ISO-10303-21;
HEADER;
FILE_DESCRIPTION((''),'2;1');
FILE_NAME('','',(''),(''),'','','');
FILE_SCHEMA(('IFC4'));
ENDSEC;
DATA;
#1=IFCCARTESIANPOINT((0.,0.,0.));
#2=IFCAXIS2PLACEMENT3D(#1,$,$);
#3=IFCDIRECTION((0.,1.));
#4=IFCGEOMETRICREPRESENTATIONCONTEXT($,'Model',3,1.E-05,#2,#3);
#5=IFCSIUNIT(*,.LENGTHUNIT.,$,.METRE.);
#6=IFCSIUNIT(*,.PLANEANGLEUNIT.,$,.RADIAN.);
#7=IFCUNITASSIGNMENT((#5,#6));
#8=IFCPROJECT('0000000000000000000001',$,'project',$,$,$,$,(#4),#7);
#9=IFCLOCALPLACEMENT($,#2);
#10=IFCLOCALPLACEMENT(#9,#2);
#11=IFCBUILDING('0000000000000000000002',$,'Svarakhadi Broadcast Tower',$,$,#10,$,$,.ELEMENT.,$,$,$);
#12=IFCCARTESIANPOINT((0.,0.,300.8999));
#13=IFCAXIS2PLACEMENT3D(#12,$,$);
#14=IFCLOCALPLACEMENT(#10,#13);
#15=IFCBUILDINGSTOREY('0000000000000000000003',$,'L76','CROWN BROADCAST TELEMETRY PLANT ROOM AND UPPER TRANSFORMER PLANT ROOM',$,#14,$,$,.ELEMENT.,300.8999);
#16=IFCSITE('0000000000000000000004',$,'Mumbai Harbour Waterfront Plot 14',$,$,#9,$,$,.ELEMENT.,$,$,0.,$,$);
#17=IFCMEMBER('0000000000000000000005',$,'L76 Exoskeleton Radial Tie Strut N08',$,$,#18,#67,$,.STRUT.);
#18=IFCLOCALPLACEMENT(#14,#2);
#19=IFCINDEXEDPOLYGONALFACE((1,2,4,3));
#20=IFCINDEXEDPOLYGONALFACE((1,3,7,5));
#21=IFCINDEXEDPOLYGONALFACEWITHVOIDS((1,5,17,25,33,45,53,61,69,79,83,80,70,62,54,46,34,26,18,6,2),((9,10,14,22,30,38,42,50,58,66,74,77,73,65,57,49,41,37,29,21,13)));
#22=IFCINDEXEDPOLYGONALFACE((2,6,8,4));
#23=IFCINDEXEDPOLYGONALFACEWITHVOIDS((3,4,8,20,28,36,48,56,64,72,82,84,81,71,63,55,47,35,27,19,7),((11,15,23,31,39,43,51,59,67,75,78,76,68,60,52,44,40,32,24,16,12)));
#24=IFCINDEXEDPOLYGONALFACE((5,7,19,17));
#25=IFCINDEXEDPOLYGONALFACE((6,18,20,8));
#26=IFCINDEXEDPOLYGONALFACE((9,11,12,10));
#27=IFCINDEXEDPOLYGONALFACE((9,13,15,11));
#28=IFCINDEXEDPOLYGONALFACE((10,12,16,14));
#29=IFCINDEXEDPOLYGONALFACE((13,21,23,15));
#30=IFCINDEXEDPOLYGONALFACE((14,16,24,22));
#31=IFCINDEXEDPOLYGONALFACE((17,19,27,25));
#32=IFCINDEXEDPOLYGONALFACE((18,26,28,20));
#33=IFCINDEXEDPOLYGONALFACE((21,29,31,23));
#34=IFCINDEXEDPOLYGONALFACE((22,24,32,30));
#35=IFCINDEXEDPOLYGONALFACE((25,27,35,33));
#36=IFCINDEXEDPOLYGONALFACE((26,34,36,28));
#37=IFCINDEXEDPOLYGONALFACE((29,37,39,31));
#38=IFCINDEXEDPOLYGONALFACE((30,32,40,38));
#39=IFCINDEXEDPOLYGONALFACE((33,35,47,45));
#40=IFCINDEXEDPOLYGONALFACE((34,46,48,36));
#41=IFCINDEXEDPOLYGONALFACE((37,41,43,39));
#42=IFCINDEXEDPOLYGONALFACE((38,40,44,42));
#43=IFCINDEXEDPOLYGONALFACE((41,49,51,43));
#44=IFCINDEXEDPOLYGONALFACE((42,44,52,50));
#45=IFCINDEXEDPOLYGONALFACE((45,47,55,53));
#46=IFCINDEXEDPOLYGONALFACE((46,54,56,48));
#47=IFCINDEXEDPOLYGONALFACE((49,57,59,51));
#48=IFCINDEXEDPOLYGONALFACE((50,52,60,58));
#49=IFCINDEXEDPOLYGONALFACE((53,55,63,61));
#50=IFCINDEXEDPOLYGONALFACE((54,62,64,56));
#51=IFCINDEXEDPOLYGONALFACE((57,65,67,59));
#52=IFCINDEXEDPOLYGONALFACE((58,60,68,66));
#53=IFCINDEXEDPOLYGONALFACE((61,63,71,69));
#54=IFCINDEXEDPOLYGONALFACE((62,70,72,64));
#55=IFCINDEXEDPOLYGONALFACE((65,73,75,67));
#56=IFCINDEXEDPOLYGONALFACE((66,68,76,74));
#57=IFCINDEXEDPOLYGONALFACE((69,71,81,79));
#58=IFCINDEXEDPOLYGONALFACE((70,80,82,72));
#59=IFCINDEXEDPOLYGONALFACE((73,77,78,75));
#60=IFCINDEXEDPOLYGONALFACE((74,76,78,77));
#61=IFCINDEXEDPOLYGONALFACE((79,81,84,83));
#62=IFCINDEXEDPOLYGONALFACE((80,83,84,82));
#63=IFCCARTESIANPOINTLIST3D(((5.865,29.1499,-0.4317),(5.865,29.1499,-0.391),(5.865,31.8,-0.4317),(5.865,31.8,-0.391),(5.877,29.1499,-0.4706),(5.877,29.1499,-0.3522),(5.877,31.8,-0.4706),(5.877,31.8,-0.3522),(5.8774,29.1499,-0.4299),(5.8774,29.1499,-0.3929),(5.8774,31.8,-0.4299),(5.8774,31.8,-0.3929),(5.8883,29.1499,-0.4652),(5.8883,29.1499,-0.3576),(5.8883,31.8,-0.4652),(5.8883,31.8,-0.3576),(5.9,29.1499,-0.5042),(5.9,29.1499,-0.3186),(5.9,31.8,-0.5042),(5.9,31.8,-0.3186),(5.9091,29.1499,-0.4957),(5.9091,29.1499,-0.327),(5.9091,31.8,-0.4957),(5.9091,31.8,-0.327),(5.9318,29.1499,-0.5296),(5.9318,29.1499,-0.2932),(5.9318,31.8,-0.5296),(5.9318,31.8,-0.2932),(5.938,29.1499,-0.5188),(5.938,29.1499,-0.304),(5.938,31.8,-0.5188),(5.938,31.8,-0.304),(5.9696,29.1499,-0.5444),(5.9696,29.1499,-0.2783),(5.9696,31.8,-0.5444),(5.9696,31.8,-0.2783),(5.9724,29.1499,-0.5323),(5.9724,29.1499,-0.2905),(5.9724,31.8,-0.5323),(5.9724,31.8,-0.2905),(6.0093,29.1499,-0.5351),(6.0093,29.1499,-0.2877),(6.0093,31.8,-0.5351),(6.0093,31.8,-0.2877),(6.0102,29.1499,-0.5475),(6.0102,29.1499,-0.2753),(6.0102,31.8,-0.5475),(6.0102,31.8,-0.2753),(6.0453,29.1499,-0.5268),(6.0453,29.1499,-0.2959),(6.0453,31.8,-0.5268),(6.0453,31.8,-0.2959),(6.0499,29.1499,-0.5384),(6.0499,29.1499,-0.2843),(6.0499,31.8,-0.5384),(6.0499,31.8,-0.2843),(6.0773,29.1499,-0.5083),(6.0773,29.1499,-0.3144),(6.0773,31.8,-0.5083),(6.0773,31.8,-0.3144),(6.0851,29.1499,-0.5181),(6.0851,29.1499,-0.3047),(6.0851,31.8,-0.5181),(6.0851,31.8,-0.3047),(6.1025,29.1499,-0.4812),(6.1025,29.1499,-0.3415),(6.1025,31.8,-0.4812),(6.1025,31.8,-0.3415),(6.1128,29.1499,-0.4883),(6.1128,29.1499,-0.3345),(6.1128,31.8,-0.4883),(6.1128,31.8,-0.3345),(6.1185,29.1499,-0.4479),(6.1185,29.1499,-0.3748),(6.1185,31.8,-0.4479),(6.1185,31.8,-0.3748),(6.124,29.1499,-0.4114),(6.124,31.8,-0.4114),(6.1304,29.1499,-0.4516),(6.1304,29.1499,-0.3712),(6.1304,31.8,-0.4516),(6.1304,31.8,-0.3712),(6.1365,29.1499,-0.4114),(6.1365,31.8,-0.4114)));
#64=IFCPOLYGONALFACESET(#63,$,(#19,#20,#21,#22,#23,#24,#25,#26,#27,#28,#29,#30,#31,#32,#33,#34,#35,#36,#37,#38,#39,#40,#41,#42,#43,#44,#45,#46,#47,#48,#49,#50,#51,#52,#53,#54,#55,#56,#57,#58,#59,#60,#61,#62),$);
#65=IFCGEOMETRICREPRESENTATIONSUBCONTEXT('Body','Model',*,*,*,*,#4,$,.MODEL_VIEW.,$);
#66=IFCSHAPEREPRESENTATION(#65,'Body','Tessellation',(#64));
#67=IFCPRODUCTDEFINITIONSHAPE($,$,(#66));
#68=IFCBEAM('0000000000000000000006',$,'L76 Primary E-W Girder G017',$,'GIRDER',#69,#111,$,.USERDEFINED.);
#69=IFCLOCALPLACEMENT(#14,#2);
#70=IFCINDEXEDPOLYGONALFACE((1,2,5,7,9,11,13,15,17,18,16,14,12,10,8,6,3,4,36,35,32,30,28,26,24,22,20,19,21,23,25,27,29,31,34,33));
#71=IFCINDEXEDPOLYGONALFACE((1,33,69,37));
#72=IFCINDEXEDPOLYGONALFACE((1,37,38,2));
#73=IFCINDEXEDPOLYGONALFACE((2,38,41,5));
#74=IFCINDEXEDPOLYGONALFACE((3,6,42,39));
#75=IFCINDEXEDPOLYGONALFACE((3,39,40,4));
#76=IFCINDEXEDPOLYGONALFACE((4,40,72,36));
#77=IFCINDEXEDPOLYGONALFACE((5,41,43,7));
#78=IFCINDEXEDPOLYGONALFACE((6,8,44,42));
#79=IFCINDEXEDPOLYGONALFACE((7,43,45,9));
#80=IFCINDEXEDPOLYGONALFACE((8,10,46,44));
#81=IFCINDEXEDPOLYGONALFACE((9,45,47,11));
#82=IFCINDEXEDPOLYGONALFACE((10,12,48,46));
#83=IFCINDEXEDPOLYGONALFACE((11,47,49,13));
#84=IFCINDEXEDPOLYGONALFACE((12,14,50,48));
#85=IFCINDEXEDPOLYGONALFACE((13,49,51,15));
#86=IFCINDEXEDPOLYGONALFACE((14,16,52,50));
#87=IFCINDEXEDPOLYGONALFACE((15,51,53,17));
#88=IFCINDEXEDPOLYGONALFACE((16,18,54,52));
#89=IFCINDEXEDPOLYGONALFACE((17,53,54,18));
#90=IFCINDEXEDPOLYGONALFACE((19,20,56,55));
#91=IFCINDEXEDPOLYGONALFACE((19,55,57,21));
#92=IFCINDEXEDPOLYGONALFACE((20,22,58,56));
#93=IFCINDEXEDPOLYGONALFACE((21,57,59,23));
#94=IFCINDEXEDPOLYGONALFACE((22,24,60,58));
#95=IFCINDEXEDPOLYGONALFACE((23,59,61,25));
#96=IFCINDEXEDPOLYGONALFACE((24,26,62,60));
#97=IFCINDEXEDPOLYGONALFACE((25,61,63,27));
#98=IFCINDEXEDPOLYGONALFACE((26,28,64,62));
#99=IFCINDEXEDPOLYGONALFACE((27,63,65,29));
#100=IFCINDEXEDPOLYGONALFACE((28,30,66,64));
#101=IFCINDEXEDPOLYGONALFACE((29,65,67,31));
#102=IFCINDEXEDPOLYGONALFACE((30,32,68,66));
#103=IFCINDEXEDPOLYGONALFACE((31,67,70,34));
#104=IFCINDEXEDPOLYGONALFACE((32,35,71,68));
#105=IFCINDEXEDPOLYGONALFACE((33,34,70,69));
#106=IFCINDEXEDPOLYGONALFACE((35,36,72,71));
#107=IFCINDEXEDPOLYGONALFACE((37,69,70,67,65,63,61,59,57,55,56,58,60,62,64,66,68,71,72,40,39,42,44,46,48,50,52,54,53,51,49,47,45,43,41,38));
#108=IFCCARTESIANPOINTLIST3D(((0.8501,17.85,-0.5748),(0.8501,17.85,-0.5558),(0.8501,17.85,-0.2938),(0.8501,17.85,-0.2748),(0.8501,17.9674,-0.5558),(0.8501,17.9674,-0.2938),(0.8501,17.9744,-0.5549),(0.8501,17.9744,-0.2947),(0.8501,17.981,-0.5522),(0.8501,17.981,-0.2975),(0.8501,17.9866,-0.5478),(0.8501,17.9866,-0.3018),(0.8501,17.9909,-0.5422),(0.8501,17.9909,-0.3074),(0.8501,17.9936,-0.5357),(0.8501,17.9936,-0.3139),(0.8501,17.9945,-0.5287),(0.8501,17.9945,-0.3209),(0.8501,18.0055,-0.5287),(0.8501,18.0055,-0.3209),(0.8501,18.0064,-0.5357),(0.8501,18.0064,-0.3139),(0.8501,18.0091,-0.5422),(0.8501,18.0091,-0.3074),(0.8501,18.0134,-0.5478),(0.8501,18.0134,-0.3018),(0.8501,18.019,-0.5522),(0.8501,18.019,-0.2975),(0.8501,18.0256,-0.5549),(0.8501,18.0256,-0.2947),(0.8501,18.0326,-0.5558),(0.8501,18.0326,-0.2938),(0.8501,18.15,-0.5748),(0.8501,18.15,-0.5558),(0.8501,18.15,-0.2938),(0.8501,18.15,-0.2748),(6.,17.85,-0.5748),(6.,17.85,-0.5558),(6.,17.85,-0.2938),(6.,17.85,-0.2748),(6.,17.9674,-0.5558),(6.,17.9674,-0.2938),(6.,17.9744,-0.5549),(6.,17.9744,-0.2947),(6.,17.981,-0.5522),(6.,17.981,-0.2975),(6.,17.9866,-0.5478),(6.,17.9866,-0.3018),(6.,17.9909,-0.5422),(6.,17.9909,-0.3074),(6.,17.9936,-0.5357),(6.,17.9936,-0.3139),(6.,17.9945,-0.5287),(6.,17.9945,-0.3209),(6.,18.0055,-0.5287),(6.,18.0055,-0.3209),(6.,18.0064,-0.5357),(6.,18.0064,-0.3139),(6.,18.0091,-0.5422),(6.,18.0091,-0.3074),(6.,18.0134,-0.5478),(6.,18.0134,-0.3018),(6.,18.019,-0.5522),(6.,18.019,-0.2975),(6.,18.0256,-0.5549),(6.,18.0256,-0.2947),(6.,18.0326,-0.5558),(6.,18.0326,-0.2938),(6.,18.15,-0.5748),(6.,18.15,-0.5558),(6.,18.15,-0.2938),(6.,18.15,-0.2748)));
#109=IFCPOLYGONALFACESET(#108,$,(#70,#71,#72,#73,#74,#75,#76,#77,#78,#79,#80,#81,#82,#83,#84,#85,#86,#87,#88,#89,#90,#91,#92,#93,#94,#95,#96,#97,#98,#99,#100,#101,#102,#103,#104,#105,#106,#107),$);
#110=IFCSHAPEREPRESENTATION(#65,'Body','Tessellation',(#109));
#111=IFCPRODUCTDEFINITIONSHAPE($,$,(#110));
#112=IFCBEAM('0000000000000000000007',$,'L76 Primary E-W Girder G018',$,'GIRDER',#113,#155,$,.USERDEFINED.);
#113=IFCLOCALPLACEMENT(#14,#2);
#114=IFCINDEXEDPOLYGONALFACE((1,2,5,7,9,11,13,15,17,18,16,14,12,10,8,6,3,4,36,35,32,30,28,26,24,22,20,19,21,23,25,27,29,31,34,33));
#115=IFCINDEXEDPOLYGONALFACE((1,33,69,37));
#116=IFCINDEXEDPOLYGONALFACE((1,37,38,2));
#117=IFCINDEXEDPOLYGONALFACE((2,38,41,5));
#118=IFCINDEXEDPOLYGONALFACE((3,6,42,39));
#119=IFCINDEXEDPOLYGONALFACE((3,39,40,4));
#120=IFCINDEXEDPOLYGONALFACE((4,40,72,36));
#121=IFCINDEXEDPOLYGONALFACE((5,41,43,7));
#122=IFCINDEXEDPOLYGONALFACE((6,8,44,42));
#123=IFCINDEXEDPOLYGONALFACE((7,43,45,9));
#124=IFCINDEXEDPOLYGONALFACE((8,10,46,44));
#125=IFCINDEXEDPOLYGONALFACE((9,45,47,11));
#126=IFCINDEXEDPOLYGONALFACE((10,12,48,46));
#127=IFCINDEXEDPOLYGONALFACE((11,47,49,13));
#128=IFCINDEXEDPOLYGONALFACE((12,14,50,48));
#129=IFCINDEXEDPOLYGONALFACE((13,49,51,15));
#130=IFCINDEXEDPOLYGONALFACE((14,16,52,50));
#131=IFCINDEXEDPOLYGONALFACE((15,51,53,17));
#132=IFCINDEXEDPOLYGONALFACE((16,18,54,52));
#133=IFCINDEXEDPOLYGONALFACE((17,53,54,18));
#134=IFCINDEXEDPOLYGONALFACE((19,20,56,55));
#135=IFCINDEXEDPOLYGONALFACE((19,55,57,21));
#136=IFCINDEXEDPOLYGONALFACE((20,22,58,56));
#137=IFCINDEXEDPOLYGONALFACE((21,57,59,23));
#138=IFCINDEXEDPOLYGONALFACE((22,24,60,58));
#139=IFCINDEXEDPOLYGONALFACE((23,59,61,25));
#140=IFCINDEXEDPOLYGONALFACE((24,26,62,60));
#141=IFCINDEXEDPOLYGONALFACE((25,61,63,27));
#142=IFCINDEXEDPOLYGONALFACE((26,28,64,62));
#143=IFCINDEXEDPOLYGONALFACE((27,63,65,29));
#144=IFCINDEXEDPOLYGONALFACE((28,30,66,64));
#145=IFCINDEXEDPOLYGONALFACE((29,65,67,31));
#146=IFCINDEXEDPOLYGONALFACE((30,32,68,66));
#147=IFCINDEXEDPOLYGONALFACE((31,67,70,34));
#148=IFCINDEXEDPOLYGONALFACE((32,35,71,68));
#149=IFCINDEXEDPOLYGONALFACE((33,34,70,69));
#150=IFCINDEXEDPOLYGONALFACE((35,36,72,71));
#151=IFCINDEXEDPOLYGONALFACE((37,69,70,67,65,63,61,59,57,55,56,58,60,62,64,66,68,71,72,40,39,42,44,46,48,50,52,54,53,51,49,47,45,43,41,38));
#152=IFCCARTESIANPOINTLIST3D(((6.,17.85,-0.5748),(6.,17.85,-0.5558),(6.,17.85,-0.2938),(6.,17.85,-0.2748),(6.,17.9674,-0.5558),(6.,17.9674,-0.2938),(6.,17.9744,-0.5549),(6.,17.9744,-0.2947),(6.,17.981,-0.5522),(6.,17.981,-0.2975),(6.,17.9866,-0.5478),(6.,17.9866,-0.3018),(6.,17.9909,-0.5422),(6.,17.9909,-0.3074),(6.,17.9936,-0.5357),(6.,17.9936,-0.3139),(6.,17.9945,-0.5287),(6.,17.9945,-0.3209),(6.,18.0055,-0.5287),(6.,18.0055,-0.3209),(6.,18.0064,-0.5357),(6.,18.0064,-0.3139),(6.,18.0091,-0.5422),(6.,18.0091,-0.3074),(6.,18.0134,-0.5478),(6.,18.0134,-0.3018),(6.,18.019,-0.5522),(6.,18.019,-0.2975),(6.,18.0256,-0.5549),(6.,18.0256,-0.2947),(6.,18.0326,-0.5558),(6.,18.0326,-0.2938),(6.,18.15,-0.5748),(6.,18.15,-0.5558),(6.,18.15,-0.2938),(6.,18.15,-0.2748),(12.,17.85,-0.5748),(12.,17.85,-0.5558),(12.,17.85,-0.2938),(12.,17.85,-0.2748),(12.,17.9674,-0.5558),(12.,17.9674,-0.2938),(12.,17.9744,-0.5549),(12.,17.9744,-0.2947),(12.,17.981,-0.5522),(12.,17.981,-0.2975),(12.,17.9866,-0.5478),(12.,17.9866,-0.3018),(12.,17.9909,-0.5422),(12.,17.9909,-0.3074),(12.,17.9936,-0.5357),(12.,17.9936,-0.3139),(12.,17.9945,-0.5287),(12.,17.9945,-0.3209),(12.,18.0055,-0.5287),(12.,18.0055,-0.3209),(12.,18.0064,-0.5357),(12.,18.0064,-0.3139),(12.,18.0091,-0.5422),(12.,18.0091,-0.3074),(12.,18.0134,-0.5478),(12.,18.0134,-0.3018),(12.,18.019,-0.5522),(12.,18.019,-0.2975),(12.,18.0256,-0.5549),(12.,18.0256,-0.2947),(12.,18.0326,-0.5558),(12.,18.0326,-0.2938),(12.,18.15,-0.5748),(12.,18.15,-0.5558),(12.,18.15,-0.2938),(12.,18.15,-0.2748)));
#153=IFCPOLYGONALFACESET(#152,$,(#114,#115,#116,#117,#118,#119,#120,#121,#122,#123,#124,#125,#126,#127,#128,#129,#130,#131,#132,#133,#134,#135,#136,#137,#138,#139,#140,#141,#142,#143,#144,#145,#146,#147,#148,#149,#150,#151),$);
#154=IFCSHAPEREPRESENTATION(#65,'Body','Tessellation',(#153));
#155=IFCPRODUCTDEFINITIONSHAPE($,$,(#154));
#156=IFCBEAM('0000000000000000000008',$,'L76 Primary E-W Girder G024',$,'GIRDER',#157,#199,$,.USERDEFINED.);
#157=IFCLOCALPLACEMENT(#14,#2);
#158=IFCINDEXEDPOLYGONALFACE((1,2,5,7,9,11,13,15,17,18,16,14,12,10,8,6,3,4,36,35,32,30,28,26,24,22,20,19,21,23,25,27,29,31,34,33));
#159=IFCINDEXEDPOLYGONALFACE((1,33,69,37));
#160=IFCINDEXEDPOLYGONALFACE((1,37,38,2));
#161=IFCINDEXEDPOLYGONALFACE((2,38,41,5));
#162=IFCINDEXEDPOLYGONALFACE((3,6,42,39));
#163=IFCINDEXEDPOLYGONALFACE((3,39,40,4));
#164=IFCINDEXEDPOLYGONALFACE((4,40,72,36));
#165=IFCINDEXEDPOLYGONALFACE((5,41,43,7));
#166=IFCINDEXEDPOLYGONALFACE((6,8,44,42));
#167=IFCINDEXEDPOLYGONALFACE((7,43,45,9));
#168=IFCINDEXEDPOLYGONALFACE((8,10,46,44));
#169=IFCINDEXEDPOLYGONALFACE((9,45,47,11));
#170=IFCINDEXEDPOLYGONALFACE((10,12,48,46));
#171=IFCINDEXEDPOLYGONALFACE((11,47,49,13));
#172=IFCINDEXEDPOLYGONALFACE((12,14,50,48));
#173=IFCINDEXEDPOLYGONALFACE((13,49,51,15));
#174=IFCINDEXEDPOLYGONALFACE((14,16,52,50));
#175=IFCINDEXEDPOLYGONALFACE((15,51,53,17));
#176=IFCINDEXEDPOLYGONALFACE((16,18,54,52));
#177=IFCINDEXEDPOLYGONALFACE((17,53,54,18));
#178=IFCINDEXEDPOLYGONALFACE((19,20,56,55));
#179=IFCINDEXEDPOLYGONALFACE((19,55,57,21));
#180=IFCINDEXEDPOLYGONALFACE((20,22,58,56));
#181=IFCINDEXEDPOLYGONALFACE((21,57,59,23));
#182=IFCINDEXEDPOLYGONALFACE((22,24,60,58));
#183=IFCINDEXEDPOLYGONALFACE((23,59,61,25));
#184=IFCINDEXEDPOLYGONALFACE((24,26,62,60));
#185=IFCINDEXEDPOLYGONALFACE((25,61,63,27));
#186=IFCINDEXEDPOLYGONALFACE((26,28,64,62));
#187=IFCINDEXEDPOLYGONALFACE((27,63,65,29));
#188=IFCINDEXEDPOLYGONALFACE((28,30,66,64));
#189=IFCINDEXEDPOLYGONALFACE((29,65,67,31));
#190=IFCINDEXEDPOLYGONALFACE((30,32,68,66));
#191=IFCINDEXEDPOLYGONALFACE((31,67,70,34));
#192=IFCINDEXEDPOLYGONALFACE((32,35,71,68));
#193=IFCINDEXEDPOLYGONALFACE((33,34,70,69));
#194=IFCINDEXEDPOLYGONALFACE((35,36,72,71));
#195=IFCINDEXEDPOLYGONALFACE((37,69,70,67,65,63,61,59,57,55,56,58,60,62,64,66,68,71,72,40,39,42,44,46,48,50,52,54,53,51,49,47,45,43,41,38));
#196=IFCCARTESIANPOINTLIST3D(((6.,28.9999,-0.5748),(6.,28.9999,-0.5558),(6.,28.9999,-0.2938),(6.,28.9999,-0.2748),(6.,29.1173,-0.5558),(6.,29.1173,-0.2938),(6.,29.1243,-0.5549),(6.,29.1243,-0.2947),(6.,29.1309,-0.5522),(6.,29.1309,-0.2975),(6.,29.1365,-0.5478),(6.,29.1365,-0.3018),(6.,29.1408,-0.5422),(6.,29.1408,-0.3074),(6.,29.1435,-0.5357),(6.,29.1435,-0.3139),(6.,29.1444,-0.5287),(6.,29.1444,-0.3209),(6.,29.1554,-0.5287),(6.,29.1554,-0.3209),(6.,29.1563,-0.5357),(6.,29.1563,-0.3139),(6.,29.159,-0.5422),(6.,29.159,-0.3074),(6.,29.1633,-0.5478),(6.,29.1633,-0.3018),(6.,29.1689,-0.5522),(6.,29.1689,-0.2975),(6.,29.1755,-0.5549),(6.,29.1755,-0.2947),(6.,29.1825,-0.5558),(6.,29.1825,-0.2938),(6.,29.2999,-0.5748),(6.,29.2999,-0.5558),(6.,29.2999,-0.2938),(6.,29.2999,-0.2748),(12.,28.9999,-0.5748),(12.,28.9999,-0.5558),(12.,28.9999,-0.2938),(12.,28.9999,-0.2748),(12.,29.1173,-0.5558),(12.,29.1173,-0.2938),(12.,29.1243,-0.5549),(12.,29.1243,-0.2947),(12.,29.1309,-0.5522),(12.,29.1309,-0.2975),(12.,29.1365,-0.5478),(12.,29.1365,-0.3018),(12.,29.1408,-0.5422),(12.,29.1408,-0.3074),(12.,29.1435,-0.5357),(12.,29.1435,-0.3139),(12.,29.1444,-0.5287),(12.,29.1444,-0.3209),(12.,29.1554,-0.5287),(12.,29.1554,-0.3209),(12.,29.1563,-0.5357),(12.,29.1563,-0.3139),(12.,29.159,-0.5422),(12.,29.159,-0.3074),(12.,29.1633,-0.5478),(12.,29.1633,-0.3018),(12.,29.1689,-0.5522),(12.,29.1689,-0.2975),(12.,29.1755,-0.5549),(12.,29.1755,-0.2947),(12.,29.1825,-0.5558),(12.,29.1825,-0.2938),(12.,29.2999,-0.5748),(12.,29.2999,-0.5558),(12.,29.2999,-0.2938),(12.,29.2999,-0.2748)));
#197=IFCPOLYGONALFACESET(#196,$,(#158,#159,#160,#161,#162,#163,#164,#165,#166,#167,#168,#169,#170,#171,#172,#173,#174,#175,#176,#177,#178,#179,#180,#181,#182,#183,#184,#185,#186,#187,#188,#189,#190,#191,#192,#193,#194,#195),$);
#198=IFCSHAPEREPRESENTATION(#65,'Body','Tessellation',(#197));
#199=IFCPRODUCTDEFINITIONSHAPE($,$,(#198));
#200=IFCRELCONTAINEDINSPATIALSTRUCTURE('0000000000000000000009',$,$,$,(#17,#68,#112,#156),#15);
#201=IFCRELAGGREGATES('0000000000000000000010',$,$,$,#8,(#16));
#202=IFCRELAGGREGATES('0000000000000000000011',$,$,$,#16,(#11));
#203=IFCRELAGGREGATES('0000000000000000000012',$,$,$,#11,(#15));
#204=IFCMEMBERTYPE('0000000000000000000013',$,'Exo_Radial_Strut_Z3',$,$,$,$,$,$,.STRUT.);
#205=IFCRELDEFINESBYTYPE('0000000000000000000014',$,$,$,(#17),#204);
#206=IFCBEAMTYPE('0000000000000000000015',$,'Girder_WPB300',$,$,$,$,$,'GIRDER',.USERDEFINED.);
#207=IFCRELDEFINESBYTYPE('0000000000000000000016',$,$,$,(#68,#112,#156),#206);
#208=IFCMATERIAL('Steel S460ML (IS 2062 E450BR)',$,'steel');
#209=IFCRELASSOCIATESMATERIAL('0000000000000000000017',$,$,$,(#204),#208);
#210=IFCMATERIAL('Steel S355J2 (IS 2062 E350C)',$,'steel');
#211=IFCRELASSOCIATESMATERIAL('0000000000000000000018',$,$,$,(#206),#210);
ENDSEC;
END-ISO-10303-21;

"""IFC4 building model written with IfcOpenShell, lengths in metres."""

from ifc_helpers import new_model, si_unit, direction, frame, origin, origin_2d, place, context, subcontext, project, spatial, hollow_circle, i_section, extrude, material, material_profile, profile_set, type_object, element, save


model = new_model("IFC4")

# Units and contexts
model_context = context("Model", 3, precision=1e-05, world=origin(), true_north=direction((0.0, 1.0)))
body_context = subcontext(model_context, "Body", "Model", "MODEL_VIEW")
ifc_project = project(units=[si_unit("LENGTHUNIT", "METRE"), si_unit("PLANEANGLEUNIT", "RADIAN")], contexts=[model_context])

# Site, building, storey
site_placement = place(None, origin())
site = spatial("IfcSite", under=ifc_project, at=site_placement, Name="Mumbai Harbour Waterfront Plot 14", CompositionType="ELEMENT", RefElevation=0.0)
building_placement = place(site_placement, origin())
building = spatial("IfcBuilding", under=site, at=building_placement, Name="Svarakhadi Broadcast Tower", CompositionType="ELEMENT")
storey_placement = place(building_placement, frame((0.0, 0.0, 300.8999)))
storey = spatial("IfcBuildingStorey", under=building, at=storey_placement, Name="L76", Description="CROWN BROADCAST TELEMETRY PLANT ROOM AND UPPER TRANSFORMER PLANT ROOM", CompositionType="ELEMENT", Elevation=300.8999)

# Shared definitions
ifc_material_1 = material(Name="Steel S460ML (IS 2062 E450BR)", Category="steel")

# Shared definitions
ifc_material_2 = material(Name="Steel S355J2 (IS 2062 E350C)", Category="steel")

# Member
ifc_material_profile_1 = material_profile(ifc_material_1, hollow_circle(Radius=0.1365, WallThickness=0.0125, at=origin_2d()), Name="CHS 273x12.5")
ifc_profile_set_1 = profile_set([ifc_material_profile_1], Name="Steel S460ML (IS 2062 E450BR)")
member_type_1 = type_object("IfcMemberType", Name="Exo_Radial_Strut_Z3", PredefinedType="STRUT", material=ifc_profile_set_1)
for number, where, z_axis, x_axis, name in (
    (1, (6.0, 31.8, -0.4114), (0.0, -1.0, 0.0), (1.0, 0.0, 0.0), "L76 Exoskeleton Radial Tie Strut N08"),
):
    element("IfcMember", number, at=place(storey_placement, frame(where, z_axis=z_axis, x_axis=x_axis)), inside=storey, type_object=member_type_1, Name=name, PredefinedType="STRUT", context=body_context, shape_type="SweptSolid", body=[
        extrude(hollow_circle(Radius=0.1365, WallThickness=0.0125, at=origin_2d()), origin(), (0.0, 0.0, 1.0), 2.6501),
    ])

# Beams
ifc_material_profile_2 = material_profile(ifc_material_2, i_section(OverallWidth=0.3, OverallDepth=0.3, WebThickness=0.011, FlangeThickness=0.019, FilletRadius=0.0271, at=origin_2d()), Name="WPB 300x300x117")
ifc_profile_set_2 = profile_set([ifc_material_profile_2], Name="Steel S355J2 (IS 2062 E350C)")
beam_type_1 = type_object("IfcBeamType", Name="Girder_WPB300", ElementType="GIRDER", PredefinedType="USERDEFINED", material=ifc_profile_set_2)
beam_1_placement = place(storey_placement, frame((0.8501, 18.0, -0.4248), z_axis=(1.0, 0.0, 0.0), x_axis=(0.0, 1.0, 0.0)))
element("IfcBeam", 2, at=beam_1_placement, inside=storey, type_object=beam_type_1, Name="L76 Primary E-W Girder G017", ObjectType="GIRDER", PredefinedType="USERDEFINED", context=body_context, shape_type="SweptSolid", body=[
    extrude(i_section(OverallWidth=0.3, OverallDepth=0.3, WebThickness=0.011, FlangeThickness=0.019, FilletRadius=0.0271, at=origin_2d()), origin(), (0.0, 0.0, 1.0), 5.1499),
])
for number, where, z_axis, x_axis, name in (
    (3, (6.0, 18.0, -0.4248), (1.0, 0.0, 0.0), (0.0, 1.0, 0.0), "L76 Primary E-W Girder G018"),
    (4, (6.0, 29.1499, -0.4248), (1.0, 0.0, 0.0), (0.0, 1.0, 0.0), "L76 Primary E-W Girder G024"),
):
    element("IfcBeam", number, at=place(storey_placement, frame(where, z_axis=z_axis, x_axis=x_axis)), inside=storey, type_object=beam_type_1, Name=name, ObjectType="GIRDER", PredefinedType="USERDEFINED", context=body_context, shape_type="SweptSolid", body=[
        extrude(i_section(OverallWidth=0.3, OverallDepth=0.3, WebThickness=0.011, FlangeThickness=0.019, FilletRadius=0.0271, at=origin_2d()), origin(), (0.0, 0.0, 1.0), 6.0),
    ])

save(model, "model.ifc")
